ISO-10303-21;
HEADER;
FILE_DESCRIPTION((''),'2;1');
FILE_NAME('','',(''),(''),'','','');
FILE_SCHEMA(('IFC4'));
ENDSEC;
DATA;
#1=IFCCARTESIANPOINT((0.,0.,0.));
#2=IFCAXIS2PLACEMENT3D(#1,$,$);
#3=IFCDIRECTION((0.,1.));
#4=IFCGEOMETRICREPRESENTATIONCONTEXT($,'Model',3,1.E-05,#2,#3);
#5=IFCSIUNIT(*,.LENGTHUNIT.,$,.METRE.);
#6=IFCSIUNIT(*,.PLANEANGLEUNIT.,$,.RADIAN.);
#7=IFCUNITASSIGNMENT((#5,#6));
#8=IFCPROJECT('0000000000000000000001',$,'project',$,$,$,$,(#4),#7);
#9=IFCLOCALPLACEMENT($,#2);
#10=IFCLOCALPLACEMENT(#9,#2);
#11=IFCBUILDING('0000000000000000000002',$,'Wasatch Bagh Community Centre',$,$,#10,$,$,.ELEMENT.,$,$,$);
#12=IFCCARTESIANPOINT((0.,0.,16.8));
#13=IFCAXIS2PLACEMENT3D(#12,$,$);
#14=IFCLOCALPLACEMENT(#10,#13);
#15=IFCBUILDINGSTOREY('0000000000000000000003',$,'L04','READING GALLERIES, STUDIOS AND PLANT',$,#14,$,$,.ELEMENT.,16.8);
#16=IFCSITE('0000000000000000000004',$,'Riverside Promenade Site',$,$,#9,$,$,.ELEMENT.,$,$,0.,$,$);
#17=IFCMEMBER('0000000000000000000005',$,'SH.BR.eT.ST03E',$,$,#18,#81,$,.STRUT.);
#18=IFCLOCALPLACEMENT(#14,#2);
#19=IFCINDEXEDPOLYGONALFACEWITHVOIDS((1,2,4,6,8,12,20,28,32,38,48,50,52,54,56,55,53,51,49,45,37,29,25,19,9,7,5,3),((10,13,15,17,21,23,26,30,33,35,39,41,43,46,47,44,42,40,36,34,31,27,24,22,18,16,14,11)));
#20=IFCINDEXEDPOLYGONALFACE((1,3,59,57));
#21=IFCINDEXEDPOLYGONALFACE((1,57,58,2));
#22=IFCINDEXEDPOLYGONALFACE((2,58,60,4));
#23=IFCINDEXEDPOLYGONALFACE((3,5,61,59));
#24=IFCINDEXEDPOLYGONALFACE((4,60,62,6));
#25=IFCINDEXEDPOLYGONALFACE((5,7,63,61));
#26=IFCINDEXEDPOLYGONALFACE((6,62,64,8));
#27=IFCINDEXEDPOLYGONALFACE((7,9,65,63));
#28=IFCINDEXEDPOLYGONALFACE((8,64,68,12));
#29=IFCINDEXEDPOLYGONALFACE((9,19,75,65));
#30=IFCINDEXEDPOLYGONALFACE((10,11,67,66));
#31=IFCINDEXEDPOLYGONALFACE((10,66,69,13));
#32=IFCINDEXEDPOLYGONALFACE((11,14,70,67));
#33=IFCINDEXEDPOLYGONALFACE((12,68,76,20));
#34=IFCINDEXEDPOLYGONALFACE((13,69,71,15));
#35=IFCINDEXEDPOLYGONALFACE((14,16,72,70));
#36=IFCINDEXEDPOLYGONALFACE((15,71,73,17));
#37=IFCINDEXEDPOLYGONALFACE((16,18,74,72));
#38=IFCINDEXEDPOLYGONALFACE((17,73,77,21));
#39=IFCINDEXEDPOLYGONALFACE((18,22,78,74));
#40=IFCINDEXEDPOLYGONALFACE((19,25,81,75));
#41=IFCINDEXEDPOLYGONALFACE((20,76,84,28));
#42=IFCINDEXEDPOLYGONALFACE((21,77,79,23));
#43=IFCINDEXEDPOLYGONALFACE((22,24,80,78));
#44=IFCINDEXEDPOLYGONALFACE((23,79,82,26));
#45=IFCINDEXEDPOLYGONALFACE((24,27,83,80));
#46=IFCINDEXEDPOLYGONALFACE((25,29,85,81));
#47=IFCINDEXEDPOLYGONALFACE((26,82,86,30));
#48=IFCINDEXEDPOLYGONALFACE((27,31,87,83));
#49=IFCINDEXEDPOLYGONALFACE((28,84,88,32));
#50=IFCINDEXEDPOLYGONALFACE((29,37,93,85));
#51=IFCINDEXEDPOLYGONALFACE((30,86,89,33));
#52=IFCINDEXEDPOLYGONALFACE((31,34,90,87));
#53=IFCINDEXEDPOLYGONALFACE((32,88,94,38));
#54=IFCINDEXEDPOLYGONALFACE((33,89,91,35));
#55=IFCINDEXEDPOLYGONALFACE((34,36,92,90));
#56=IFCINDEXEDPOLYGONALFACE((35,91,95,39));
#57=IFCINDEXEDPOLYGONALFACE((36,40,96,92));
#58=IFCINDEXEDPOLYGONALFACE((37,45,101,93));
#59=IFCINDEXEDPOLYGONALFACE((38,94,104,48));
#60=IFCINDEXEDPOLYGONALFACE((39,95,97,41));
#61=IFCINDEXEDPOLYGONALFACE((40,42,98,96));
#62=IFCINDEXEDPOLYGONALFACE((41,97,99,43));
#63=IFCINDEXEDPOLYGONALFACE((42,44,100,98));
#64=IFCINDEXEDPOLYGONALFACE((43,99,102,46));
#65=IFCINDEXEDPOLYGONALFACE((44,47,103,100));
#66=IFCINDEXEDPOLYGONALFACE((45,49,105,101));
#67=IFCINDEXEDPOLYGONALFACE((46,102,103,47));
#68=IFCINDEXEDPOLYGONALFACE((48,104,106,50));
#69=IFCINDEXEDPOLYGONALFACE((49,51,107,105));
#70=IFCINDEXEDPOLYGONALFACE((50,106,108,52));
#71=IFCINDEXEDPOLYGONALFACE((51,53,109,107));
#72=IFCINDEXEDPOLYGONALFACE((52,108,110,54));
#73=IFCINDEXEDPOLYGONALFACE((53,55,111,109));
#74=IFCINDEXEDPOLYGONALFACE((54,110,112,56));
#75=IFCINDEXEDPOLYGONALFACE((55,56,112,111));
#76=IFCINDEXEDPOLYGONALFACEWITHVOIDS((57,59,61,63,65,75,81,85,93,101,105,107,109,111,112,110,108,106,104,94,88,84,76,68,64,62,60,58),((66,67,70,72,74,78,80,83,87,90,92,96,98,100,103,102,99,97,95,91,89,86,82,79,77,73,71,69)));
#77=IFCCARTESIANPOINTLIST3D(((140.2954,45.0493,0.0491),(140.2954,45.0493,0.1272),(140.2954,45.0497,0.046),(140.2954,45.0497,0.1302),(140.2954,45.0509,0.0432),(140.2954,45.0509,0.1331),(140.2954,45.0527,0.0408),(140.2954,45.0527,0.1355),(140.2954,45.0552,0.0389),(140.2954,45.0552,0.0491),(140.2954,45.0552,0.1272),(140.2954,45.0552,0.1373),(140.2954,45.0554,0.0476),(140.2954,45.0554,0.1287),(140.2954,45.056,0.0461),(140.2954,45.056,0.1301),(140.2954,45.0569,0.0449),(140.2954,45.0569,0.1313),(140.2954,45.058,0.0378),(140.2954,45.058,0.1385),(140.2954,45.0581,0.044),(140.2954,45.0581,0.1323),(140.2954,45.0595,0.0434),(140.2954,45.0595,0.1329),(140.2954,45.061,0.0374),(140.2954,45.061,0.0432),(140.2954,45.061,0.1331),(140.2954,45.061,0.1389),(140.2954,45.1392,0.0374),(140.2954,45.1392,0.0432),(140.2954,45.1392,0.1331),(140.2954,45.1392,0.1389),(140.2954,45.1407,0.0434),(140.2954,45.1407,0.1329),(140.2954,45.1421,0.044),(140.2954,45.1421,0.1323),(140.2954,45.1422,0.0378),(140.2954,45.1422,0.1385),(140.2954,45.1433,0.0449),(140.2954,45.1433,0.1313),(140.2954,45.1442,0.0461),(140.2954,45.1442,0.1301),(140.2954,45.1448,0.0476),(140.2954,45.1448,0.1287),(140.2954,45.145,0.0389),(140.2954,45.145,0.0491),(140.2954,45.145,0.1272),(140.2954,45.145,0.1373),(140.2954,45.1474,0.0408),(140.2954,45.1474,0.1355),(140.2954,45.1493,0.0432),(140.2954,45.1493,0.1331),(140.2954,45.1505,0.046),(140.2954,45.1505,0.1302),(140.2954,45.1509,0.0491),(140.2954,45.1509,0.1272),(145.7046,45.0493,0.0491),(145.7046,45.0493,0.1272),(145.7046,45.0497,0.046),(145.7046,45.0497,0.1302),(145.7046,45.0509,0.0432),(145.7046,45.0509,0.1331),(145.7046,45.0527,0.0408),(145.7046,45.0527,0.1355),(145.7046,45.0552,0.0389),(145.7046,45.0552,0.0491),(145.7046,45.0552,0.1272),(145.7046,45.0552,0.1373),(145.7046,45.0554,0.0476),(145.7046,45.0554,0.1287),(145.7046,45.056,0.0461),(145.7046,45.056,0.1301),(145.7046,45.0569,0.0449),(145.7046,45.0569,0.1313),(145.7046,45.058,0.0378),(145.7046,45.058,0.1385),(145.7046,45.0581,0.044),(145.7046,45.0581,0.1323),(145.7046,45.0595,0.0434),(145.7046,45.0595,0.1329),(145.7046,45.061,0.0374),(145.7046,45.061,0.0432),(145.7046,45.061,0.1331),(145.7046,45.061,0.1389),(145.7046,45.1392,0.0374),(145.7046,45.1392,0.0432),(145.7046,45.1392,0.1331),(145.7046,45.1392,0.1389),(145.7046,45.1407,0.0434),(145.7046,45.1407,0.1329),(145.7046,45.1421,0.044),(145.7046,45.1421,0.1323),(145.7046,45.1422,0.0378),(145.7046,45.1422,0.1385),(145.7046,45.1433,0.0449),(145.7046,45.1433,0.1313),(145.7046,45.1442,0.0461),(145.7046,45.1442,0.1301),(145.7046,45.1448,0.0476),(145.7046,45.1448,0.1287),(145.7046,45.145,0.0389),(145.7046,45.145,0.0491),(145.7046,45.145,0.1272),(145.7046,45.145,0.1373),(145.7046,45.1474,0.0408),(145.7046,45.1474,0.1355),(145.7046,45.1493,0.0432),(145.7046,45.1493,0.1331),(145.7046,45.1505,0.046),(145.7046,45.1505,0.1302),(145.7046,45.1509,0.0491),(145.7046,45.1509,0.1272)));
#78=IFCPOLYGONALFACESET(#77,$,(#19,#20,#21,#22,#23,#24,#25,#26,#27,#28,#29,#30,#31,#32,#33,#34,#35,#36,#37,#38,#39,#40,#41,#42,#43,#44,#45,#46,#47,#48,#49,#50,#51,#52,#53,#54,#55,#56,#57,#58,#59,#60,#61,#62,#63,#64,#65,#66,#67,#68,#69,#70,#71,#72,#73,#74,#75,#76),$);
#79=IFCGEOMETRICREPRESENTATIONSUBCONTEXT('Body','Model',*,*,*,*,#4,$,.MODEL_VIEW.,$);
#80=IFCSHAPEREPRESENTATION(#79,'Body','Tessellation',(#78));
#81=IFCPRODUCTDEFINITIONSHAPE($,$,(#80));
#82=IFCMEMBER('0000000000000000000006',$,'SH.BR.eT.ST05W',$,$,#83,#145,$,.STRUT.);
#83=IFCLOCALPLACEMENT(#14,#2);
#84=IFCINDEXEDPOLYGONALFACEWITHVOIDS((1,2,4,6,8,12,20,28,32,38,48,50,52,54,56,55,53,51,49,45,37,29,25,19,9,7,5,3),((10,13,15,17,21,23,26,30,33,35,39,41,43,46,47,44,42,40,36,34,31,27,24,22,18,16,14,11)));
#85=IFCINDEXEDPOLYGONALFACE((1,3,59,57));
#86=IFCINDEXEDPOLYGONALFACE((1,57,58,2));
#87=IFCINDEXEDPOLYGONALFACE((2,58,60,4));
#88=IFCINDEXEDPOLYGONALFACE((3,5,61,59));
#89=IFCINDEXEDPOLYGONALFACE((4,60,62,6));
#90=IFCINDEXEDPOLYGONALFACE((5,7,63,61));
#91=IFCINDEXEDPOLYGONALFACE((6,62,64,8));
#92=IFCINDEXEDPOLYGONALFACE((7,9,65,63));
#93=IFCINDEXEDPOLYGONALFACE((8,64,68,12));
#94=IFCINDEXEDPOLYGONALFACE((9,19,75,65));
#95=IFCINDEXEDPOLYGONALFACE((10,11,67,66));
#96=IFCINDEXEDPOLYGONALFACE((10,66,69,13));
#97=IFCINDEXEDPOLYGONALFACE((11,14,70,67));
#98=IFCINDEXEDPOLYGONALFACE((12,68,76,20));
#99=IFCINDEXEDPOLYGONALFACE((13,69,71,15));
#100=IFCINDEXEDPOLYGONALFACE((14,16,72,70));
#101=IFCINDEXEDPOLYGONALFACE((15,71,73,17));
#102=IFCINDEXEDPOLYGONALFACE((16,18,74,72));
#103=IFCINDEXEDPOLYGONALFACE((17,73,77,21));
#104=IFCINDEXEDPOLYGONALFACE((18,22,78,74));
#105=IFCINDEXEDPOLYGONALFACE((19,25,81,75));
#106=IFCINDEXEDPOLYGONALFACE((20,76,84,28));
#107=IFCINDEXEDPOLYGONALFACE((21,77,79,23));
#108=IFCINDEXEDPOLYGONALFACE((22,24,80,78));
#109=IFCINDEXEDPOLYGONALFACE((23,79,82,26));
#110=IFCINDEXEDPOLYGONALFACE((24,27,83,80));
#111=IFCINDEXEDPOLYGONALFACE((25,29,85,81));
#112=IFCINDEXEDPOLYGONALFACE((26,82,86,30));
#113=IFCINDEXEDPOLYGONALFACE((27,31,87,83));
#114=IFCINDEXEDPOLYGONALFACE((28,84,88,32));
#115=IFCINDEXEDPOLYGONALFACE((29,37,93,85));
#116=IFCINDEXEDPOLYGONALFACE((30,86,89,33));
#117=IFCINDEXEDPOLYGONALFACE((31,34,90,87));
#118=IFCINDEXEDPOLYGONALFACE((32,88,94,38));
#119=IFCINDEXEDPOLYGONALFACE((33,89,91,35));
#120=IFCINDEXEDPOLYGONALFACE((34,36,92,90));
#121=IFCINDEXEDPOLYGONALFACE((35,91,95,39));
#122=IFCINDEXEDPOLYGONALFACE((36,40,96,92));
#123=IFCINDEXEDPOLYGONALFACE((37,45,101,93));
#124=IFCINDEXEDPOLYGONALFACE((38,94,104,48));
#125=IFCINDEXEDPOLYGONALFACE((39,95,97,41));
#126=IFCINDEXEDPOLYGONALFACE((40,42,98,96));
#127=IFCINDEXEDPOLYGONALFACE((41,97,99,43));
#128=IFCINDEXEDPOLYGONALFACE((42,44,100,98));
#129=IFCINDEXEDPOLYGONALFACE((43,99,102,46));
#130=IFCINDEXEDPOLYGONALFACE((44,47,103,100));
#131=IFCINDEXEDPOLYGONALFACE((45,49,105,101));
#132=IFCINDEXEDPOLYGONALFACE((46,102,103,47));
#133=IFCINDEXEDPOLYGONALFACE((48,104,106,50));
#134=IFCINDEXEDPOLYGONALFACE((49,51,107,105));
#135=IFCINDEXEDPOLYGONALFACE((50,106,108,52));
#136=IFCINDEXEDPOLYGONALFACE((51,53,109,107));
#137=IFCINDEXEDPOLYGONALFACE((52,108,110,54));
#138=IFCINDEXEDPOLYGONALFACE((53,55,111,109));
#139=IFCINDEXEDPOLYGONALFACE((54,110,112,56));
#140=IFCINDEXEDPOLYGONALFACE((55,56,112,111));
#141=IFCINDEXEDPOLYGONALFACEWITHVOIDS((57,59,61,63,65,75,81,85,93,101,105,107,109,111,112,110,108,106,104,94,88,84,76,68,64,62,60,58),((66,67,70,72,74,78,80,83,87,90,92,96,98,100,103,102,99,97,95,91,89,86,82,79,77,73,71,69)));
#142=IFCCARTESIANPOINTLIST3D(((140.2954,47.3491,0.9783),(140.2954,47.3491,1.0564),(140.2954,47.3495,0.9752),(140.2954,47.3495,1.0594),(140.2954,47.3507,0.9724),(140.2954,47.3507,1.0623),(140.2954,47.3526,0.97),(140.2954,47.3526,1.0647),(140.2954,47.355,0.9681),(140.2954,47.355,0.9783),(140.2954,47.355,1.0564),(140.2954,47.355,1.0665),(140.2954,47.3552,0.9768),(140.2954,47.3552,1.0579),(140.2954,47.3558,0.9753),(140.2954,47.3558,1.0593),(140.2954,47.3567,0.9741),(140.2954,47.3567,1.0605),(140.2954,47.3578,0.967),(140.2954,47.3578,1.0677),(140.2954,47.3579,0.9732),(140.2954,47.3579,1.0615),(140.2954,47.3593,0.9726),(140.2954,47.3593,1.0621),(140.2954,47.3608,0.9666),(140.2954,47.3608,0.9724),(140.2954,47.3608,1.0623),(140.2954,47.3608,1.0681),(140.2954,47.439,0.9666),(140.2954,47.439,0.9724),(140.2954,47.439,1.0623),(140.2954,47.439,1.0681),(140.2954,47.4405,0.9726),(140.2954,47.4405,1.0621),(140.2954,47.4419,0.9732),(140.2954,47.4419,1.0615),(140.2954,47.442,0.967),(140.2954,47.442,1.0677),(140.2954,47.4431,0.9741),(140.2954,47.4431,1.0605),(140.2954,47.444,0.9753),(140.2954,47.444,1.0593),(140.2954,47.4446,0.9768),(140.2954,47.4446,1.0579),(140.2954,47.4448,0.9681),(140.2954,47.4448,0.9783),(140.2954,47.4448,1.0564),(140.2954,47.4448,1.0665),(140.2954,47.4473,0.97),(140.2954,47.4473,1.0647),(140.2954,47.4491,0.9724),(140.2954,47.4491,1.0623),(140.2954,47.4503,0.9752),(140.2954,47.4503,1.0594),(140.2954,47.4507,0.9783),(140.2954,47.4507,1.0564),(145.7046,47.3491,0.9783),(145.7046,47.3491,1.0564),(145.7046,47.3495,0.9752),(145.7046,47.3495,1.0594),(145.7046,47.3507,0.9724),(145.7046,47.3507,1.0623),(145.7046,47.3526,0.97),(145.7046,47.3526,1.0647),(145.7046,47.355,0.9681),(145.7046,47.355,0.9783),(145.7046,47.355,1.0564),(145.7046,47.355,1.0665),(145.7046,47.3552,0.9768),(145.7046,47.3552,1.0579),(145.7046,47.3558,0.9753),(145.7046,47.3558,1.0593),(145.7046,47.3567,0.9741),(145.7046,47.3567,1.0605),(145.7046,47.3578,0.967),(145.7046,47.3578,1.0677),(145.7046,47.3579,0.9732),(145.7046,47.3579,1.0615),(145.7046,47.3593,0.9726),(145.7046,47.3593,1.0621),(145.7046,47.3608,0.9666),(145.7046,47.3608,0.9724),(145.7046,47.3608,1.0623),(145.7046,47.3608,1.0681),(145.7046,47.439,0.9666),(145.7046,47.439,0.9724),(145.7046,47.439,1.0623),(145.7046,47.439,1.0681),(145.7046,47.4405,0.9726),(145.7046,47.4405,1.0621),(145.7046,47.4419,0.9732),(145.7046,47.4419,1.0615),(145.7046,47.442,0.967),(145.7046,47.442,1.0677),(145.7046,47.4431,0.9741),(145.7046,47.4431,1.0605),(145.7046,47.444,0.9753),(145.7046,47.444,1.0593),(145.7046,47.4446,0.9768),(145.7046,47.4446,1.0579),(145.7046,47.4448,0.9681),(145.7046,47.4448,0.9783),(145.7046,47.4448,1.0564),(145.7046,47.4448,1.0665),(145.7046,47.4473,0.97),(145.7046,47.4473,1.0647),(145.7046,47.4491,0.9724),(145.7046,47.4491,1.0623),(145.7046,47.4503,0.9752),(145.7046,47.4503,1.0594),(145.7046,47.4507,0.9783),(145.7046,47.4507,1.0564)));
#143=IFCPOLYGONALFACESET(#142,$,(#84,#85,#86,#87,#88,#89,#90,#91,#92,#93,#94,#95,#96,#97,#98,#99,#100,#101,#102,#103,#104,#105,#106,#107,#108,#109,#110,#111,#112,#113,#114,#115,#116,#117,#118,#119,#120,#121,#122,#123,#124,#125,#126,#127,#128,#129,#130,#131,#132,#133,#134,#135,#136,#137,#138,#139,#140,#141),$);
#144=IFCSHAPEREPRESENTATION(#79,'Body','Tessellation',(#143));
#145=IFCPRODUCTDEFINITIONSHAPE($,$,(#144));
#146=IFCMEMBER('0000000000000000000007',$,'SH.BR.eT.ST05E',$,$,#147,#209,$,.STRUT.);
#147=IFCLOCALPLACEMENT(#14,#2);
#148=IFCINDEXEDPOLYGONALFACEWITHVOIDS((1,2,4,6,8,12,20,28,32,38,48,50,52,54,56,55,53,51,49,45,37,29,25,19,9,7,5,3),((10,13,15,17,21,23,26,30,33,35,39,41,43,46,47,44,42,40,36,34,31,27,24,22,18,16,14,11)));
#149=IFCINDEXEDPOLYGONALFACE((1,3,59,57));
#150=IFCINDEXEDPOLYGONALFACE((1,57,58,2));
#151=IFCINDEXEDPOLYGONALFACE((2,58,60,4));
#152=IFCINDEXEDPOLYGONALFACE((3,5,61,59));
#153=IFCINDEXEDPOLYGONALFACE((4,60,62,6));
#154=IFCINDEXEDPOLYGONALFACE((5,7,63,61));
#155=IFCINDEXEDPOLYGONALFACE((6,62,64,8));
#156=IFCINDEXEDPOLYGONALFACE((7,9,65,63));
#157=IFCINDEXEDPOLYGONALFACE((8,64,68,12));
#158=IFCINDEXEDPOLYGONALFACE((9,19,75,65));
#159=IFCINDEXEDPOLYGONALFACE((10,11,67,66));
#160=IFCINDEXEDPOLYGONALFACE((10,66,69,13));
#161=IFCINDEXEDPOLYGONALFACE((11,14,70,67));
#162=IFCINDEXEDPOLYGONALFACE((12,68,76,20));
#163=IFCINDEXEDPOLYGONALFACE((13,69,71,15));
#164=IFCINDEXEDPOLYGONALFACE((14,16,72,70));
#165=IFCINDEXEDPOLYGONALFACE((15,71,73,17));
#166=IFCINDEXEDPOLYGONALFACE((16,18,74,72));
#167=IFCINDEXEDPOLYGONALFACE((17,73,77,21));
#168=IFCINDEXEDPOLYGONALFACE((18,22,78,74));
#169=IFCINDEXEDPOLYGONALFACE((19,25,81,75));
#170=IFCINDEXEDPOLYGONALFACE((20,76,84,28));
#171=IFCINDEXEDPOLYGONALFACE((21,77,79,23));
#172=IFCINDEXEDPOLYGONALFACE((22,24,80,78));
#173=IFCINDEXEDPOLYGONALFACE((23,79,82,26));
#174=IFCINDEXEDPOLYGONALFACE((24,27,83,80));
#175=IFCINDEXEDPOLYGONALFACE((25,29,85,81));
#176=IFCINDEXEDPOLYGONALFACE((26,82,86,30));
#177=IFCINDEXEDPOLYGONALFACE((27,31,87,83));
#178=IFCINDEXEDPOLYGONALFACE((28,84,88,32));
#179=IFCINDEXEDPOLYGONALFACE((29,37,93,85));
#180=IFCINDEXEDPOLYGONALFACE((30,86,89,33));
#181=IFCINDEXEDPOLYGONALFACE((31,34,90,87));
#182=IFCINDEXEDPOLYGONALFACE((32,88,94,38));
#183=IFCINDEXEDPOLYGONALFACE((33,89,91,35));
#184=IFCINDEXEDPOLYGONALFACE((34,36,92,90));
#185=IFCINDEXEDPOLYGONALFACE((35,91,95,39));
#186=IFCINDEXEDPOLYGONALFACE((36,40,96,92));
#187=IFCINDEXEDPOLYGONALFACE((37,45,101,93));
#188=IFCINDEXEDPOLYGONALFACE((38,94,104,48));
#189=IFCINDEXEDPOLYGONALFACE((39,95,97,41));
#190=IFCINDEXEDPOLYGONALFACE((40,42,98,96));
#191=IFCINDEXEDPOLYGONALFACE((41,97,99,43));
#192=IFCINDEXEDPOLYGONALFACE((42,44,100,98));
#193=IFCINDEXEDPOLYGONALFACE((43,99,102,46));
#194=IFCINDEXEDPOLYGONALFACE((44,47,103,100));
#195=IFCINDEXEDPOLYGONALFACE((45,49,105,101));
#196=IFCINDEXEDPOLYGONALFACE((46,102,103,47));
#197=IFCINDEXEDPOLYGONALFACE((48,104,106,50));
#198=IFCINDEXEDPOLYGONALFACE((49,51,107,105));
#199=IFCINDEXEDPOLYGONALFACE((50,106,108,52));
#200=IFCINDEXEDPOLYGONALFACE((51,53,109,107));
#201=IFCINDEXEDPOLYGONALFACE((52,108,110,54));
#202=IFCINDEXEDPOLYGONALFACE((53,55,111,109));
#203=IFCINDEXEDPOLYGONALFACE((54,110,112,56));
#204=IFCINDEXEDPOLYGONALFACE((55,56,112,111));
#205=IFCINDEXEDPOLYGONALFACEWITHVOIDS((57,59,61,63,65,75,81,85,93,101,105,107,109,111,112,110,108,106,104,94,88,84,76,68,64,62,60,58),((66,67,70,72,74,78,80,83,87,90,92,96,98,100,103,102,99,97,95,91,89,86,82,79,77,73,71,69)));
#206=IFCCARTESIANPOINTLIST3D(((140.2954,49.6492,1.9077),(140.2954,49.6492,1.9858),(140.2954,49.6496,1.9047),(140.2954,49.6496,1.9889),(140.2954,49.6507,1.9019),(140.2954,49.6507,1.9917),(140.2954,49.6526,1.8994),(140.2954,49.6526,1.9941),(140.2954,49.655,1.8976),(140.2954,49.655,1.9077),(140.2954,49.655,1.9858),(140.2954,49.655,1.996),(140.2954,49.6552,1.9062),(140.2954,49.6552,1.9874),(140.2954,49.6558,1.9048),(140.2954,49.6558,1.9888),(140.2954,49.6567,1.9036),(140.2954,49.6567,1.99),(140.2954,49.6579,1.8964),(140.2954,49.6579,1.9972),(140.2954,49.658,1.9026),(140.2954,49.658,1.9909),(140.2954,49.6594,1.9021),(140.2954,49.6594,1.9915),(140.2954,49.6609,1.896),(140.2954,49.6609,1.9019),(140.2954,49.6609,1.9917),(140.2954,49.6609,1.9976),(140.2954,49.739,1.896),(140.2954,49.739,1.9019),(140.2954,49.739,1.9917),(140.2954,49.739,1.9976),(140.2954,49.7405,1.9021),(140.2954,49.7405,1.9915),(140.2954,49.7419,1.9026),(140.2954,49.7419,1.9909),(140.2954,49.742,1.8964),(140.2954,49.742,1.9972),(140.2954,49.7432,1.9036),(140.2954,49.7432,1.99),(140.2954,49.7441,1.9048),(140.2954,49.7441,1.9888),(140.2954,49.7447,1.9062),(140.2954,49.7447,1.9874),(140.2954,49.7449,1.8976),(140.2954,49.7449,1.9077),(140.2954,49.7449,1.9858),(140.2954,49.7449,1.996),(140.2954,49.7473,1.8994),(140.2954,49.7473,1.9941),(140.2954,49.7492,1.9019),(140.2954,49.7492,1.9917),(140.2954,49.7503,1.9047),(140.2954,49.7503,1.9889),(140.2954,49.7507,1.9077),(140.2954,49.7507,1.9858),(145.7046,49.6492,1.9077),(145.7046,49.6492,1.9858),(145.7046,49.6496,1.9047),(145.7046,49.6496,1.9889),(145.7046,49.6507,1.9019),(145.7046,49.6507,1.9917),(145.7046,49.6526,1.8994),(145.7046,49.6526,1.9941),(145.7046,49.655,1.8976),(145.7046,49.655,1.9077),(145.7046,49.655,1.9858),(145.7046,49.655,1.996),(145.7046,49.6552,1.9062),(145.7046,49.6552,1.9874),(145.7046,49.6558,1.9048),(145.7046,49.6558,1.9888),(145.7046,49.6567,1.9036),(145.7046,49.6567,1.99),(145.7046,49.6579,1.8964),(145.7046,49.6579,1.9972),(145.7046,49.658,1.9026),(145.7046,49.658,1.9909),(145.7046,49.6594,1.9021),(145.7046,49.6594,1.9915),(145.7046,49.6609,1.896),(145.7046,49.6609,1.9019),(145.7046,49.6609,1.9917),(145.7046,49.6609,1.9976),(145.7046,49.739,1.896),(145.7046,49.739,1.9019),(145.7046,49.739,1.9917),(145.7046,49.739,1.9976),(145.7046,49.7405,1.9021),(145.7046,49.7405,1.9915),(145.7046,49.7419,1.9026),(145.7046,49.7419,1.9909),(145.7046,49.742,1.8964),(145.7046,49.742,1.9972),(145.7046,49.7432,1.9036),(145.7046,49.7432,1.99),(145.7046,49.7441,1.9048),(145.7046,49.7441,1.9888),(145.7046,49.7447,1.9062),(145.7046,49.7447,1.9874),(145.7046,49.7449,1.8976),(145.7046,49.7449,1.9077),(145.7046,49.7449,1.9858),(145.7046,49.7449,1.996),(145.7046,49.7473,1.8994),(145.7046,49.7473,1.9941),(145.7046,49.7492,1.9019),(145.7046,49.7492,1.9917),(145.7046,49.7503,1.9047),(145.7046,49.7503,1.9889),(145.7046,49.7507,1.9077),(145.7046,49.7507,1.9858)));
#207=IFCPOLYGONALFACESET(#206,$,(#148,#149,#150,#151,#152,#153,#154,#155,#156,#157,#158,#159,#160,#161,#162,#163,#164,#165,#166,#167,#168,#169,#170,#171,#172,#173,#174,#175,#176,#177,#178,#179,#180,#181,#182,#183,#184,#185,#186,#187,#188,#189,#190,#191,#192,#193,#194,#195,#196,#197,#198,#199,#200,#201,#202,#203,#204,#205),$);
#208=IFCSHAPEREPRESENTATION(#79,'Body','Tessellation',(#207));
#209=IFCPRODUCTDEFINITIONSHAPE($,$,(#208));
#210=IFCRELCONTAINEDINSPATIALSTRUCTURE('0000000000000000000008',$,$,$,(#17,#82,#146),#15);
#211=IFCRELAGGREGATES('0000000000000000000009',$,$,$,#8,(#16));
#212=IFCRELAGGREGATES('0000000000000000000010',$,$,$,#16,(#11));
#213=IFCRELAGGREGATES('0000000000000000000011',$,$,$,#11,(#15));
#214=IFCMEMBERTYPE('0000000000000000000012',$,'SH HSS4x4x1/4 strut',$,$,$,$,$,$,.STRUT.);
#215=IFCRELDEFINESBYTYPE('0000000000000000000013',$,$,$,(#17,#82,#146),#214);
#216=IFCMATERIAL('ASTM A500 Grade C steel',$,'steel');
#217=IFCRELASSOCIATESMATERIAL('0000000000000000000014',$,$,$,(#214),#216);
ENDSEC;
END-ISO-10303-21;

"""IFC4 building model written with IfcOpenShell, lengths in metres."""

from ifc_helpers import new_model, si_unit, direction, frame, origin, origin_2d, place, context, subcontext, project, spatial, hollow_rectangle, extrude, material, material_profile, profile_set, type_object, element, save


model = new_model("IFC4")

# Units and contexts
model_context = context("Model", 3, precision=1e-05, world=origin(), true_north=direction((0.0, 1.0)))
body_context = subcontext(model_context, "Body", "Model", "MODEL_VIEW")
ifc_project = project(units=[si_unit("LENGTHUNIT", "METRE"), si_unit("PLANEANGLEUNIT", "RADIAN")], contexts=[model_context])

# Site, building, storey
site_placement = place(None, origin())
site = spatial("IfcSite", under=ifc_project, at=site_placement, Name="Riverside Promenade Site", CompositionType="ELEMENT", RefElevation=0.0)
building_placement = place(site_placement, origin())
building = spatial("IfcBuilding", under=site, at=building_placement, Name="Wasatch Bagh Community Centre", CompositionType="ELEMENT")
storey_placement = place(building_placement, frame((0.0, 0.0, 16.8)))
storey = spatial("IfcBuildingStorey", under=building, at=storey_placement, Name="L04", Description="READING GALLERIES, STUDIOS AND PLANT", CompositionType="ELEMENT", Elevation=16.8)

# Members
ifc_material_1 = material(Name="ASTM A500 Grade C steel", Category="steel")
ifc_material_profile_1 = material_profile(ifc_material_1, hollow_rectangle(XDim=0.1016, YDim=0.1016, WallThickness=0.0059, InnerFilletRadius=0.0059, OuterFilletRadius=0.0117, at=origin_2d()), Name="HSS4x4x1/4")
ifc_profile_set_1 = profile_set([ifc_material_profile_1], Name="ASTM A500 Grade C steel")
member_type_1 = type_object("IfcMemberType", Name="SH HSS4x4x1/4 strut", PredefinedType="STRUT", material=ifc_profile_set_1)
for number, where, z_axis, x_axis, name in (
    (1, (140.2954, 45.1001, 0.0881), (1.0, 0.0, 0.0), (0.0, 1.0, 0.0), "SH.BR.eT.ST03E"),
    (2, (140.2954, 47.3999, 1.0173), (1.0, 0.0, 0.0), (0.0, 1.0, 0.0), "SH.BR.eT.ST05W"),
    (3, (140.2954, 49.7, 1.9468), (1.0, 0.0, 0.0), (0.0, 1.0, 0.0), "SH.BR.eT.ST05E"),
):
    element("IfcMember", number, at=place(storey_placement, frame(where, z_axis=z_axis, x_axis=x_axis)), inside=storey, type_object=member_type_1, Name=name, PredefinedType="STRUT", context=body_context, shape_type="SweptSolid", body=[
        extrude(hollow_rectangle(XDim=0.1016, YDim=0.1016, WallThickness=0.0059, InnerFilletRadius=0.0059, OuterFilletRadius=0.0117, at=origin_2d()), origin(), (0.0, 0.0, 1.0), 5.4092),
    ])

save(model, "model.ifc")
